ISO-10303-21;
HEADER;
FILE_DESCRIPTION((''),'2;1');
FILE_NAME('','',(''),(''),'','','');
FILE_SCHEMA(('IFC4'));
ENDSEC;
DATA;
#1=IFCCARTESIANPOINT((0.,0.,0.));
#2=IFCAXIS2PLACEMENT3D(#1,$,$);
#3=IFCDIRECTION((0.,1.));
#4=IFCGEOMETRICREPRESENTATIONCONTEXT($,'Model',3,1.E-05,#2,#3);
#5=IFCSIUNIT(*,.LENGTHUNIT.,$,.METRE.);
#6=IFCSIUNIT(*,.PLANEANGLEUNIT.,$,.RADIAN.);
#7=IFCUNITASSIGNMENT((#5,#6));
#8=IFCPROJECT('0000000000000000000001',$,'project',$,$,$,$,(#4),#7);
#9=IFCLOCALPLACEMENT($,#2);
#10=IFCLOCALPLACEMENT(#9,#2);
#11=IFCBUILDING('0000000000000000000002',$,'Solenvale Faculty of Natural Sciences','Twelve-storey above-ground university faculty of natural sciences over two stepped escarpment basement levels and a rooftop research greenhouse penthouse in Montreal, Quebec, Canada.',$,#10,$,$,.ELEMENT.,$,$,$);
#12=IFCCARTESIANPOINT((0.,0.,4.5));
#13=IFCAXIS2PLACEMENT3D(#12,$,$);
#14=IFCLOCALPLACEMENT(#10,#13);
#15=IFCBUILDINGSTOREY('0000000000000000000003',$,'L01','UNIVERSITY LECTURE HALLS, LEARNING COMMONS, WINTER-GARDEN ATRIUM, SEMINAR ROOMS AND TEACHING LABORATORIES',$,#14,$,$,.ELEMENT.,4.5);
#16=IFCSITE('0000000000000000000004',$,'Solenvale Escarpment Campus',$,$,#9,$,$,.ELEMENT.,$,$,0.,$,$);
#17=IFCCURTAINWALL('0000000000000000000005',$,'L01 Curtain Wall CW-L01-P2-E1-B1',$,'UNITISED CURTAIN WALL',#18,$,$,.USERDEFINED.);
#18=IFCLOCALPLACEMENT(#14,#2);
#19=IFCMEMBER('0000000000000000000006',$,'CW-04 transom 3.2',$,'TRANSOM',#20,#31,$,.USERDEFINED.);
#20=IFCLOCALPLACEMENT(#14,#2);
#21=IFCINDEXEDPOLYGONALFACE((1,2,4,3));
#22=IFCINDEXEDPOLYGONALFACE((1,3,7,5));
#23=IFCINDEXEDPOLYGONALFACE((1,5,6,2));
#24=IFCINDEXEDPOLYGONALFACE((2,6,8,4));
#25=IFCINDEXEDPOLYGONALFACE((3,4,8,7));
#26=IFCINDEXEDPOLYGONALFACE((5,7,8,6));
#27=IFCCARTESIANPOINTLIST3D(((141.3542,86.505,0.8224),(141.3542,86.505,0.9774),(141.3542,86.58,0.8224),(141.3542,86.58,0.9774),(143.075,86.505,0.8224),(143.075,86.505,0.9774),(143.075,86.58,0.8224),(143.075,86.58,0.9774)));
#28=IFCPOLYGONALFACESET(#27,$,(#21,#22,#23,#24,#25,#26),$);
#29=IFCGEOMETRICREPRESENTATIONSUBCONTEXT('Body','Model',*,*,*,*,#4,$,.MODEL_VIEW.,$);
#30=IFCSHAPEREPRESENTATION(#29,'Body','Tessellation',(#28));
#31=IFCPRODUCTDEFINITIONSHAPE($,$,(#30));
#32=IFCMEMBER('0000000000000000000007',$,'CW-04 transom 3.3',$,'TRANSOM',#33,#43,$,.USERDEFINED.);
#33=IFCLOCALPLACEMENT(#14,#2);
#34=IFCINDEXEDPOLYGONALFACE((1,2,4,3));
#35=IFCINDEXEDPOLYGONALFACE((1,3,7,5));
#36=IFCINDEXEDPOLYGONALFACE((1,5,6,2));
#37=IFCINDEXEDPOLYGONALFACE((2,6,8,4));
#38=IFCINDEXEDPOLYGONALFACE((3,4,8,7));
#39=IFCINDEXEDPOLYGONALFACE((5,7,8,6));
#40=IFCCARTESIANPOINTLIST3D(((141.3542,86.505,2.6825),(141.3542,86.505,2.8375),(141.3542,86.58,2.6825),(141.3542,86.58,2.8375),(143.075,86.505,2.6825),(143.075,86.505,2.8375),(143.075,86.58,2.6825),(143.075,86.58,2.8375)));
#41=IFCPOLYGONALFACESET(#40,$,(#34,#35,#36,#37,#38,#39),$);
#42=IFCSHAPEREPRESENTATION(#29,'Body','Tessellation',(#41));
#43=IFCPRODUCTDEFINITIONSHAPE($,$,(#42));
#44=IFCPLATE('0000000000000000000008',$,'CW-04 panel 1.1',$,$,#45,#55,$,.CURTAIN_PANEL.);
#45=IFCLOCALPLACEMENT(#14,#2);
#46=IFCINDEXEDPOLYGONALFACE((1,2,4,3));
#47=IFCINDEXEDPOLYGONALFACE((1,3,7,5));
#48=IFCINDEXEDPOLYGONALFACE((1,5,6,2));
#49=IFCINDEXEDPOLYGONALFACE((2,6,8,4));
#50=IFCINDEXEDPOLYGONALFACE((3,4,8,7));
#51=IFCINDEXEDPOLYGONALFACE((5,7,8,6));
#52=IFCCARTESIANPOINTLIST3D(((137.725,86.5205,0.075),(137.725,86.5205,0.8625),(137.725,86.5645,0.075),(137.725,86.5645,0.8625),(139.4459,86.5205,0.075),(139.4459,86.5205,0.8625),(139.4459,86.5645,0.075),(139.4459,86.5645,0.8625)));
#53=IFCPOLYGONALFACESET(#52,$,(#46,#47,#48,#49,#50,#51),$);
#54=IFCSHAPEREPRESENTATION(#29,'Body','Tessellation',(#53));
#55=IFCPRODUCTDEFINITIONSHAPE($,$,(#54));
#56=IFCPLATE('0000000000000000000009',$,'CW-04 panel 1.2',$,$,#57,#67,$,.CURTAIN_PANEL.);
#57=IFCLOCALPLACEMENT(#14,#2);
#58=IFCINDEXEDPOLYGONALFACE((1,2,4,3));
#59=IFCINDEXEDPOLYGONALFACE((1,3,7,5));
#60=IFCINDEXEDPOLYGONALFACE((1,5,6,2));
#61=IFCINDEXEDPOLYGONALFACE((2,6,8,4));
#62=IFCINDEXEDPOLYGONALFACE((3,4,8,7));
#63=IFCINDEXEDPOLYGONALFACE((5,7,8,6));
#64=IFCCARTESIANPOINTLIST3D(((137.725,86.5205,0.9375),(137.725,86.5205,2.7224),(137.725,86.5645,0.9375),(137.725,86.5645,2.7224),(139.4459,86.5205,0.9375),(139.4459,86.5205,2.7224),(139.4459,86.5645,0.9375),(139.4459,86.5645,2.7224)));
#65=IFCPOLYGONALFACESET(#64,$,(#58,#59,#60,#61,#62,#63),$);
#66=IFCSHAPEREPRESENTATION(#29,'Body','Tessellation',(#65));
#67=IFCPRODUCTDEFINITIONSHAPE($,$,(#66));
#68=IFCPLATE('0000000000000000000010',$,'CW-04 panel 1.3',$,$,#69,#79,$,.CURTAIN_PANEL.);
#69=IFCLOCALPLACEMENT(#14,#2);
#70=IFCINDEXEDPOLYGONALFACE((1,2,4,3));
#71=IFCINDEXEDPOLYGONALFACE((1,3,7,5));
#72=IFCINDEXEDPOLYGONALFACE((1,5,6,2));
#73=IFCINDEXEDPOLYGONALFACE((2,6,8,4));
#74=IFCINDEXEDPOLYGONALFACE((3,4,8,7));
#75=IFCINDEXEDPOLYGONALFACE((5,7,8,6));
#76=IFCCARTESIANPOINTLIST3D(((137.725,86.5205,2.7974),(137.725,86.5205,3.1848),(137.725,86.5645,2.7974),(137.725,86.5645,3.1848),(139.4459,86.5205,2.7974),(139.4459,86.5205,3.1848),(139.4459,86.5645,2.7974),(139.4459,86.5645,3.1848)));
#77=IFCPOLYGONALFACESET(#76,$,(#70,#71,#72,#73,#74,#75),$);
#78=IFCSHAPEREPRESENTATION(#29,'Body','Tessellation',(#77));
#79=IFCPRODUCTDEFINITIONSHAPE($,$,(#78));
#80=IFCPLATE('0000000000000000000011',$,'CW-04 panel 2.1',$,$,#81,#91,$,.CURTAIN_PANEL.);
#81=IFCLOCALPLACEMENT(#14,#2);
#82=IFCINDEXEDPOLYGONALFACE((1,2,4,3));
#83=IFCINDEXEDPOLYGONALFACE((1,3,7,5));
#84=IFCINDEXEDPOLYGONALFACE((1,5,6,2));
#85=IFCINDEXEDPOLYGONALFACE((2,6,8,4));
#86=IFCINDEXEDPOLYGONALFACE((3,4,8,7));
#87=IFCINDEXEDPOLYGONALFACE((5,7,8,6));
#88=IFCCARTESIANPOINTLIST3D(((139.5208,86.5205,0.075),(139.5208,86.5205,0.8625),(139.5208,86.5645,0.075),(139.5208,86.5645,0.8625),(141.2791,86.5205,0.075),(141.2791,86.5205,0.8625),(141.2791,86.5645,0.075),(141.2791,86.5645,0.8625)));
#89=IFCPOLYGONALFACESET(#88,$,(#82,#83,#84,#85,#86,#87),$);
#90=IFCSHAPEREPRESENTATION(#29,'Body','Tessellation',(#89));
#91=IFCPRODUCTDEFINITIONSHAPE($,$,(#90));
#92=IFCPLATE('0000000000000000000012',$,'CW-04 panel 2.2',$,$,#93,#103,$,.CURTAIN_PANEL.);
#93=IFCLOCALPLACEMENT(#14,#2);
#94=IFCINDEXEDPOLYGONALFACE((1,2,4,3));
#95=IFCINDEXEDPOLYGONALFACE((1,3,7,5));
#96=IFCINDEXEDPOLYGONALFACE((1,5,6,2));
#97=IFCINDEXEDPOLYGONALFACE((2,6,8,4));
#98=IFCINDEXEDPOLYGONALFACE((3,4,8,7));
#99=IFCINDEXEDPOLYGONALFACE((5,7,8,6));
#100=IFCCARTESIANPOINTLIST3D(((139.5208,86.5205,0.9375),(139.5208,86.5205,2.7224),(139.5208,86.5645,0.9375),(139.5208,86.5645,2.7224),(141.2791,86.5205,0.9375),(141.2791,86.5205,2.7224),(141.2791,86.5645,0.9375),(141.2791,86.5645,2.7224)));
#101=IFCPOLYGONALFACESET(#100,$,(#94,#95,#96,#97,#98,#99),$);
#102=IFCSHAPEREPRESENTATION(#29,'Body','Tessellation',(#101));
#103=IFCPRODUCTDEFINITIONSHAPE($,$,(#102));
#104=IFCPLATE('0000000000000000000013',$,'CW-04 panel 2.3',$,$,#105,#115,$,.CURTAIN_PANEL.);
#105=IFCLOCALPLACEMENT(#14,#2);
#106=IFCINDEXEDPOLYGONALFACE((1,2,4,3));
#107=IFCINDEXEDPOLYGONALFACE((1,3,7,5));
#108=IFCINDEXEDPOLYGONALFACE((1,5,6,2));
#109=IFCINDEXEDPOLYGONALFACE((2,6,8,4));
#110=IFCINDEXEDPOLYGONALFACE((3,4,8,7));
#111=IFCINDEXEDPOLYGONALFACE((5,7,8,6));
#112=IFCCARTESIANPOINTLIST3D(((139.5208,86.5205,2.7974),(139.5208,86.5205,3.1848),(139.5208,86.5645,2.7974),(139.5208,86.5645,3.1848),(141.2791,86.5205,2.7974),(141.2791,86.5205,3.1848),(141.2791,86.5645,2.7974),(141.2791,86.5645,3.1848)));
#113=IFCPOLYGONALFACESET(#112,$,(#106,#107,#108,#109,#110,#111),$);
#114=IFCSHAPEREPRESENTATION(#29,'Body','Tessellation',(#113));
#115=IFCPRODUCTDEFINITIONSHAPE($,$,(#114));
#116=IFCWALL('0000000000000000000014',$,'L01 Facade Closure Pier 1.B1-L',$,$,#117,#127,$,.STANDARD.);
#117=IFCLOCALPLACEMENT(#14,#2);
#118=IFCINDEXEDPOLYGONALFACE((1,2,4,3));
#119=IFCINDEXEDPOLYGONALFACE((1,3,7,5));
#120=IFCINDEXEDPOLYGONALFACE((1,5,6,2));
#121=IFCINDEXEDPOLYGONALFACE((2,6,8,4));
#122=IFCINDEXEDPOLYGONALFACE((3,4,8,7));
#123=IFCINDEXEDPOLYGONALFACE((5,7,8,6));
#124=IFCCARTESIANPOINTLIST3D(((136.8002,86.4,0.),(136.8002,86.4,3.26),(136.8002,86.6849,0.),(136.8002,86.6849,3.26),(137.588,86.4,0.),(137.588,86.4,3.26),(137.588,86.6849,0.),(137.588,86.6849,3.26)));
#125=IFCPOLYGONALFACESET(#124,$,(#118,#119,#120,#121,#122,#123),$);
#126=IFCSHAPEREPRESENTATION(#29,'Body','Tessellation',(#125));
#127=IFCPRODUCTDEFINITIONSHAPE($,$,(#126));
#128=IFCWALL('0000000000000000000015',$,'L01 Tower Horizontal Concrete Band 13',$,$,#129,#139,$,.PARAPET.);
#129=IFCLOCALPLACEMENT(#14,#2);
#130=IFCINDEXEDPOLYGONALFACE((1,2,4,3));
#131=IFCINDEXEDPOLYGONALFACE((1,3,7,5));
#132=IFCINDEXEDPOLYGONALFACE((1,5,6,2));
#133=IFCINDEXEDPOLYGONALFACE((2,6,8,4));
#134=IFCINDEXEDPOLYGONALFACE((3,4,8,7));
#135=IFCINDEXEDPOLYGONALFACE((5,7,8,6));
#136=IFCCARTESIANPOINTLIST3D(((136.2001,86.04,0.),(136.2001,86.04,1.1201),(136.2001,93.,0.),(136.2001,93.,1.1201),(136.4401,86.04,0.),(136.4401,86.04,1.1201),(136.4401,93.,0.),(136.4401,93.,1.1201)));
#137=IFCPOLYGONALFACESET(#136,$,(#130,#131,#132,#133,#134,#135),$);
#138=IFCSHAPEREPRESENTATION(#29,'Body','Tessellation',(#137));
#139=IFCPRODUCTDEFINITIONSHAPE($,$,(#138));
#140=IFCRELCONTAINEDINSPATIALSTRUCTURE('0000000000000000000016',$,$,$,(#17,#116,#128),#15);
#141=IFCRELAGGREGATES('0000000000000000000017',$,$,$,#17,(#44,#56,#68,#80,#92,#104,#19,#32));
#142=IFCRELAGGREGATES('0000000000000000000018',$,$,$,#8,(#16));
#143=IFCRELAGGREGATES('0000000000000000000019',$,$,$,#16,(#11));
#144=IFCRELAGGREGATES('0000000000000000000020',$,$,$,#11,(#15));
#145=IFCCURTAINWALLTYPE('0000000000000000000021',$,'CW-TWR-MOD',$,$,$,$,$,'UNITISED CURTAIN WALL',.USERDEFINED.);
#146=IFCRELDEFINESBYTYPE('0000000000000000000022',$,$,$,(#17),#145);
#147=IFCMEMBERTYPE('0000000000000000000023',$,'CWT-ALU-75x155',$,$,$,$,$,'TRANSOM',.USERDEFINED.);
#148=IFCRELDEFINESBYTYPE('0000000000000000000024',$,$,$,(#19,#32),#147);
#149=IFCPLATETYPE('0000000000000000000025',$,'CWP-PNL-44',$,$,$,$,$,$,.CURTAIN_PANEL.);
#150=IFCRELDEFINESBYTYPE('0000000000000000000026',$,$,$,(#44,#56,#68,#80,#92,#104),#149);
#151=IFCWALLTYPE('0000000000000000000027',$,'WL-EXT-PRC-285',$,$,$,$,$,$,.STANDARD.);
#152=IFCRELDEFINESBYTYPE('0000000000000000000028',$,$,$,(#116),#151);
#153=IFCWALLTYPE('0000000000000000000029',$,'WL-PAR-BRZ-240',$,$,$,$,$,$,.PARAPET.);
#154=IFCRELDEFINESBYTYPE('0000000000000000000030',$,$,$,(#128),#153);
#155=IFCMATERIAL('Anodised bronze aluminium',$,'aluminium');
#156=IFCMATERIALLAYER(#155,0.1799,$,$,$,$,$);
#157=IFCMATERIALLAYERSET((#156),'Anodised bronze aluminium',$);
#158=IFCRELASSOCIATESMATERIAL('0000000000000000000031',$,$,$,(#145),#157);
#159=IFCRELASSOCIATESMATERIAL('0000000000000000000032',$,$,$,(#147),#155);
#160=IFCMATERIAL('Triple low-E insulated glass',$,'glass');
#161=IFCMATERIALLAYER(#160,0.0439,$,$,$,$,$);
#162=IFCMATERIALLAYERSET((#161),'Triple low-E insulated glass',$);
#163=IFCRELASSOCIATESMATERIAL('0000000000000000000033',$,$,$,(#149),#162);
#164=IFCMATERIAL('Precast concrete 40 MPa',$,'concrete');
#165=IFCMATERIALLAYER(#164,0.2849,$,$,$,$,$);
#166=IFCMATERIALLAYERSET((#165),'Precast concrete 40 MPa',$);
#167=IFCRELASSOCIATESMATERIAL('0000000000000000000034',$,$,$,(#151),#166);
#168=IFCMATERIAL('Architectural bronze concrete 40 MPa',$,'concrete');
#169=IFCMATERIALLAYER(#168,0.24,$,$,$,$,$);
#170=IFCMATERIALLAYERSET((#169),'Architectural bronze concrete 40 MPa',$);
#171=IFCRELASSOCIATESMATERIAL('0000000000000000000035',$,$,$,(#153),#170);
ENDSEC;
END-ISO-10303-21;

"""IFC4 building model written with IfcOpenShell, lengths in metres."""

from ifc_helpers import new_model, si_unit, direction, frame, frame_2d, origin, origin_2d, place, context, subcontext, project, spatial, rectangle, extrude, material, layer, layer_set, material_profile, profile_set, type_object, element, aggregate, save


model = new_model("IFC4")

# Units and contexts
model_context = context("Model", 3, precision=1e-05, world=origin(), true_north=direction((0.0, 1.0)))
body_context = subcontext(model_context, "Body", "Model", "MODEL_VIEW")
ifc_project = project(units=[si_unit("LENGTHUNIT", "METRE"), si_unit("PLANEANGLEUNIT", "RADIAN")], contexts=[model_context])

# Site, building, storey
site_placement = place(None, origin())
site = spatial("IfcSite", under=ifc_project, at=site_placement, Name="Solenvale Escarpment Campus", CompositionType="ELEMENT", RefElevation=0.0)
building_placement = place(site_placement, origin())
building = spatial("IfcBuilding", under=site, at=building_placement, Name="Solenvale Faculty of Natural Sciences", Description="Twelve-storey above-ground university faculty of natural sciences over two stepped escarpment basement levels and a rooftop research greenhouse penthouse in Montreal, Quebec, Canada.", CompositionType="ELEMENT")
storey_placement = place(building_placement, frame((0.0, 0.0, 4.5)))
storey = spatial("IfcBuildingStorey", under=building, at=storey_placement, Name="L01", Description="UNIVERSITY LECTURE HALLS, LEARNING COMMONS, WINTER-GARDEN ATRIUM, SEMINAR ROOMS AND TEACHING LABORATORIES", CompositionType="ELEMENT", Elevation=4.5)

# Curtain wall, members, plates
ifc_material_1 = material(Name="Anodised bronze aluminium", Category="aluminium")
ifc_layer_1 = layer(ifc_material_1, 0.1799)
ifc_layer_set_1 = layer_set([ifc_layer_1], Name="Anodised bronze aluminium")
curtain_wall_type = type_object("IfcCurtainWallType", Name="CW-TWR-MOD", ElementType="UNITISED CURTAIN WALL", PredefinedType="USERDEFINED", material=ifc_layer_set_1)
curtain_wall_placement = place(storey_placement, origin())
curtain_wall = element("IfcCurtainWall", 1, at=curtain_wall_placement, inside=storey, type_object=curtain_wall_type, Name="L01 Curtain Wall CW-L01-P2-E1-B1", ObjectType="UNITISED CURTAIN WALL", PredefinedType="USERDEFINED")
ifc_material_profile_1 = material_profile(ifc_material_1, rectangle(XDim=0.075, YDim=0.155, at=origin_2d()), Name="ALU-TRN-75x155")
ifc_profile_set_1 = profile_set([ifc_material_profile_1], Name="Anodised bronze aluminium")
member_type_1 = type_object("IfcMemberType", Name="CWT-ALU-75x155", ElementType="TRANSOM", PredefinedType="USERDEFINED", material=ifc_profile_set_1)
member_1_placement = place(storey_placement, frame((141.3542, 86.5425, 0.8999), z_axis=(1.0, 0.0, 0.0), x_axis=(0.0, 1.0, 0.0)))
member_1 = element("IfcMember", 2, at=member_1_placement, type_object=member_type_1, Name="CW-04 transom 3.2", ObjectType="TRANSOM", PredefinedType="USERDEFINED", context=body_context, shape_type="SweptSolid", body=[
    extrude(rectangle(XDim=0.075, YDim=0.155, at=origin_2d()), origin(), (0.0, 0.0, 1.0), 1.7207),
])
member_2_placement = place(storey_placement, frame((141.3542, 86.5425, 2.76), z_axis=(1.0, 0.0, 0.0), x_axis=(0.0, 1.0, 0.0)))
member_2 = element("IfcMember", 3, at=member_2_placement, type_object=member_type_1, Name="CW-04 transom 3.3", ObjectType="TRANSOM", PredefinedType="USERDEFINED", context=body_context, shape_type="SweptSolid", body=[
    extrude(rectangle(XDim=0.075, YDim=0.155, at=origin_2d()), origin(), (0.0, 0.0, 1.0), 1.7207),
])
ifc_material_2 = material(Name="Triple low-E insulated glass", Category="glass")
ifc_layer_2 = layer(ifc_material_2, 0.0439)
ifc_layer_set_2 = layer_set([ifc_layer_2], Name="Triple low-E insulated glass")
plate_type = type_object("IfcPlateType", Name="CWP-PNL-44", PredefinedType="CURTAIN_PANEL", material=ifc_layer_set_2)
plate_1_placement = place(storey_placement, frame((138.5854, 86.5425, 0.075), z_axis=(0.0, 0.0, 1.0), x_axis=(1.0, 0.0, 0.0)))
plate_1 = element("IfcPlate", 4, at=plate_1_placement, type_object=plate_type, Name="CW-04 panel 1.1", PredefinedType="CURTAIN_PANEL", context=body_context, shape_type="SweptSolid", body=[
    extrude(rectangle(XDim=1.7209, YDim=0.0439, at=origin_2d()), origin(), (0.0, 0.0, 1.0), 0.7876),
])
plate_2_placement = place(storey_placement, frame((138.5854, 86.5425, 0.9375), z_axis=(0.0, 0.0, 1.0), x_axis=(1.0, 0.0, 0.0)))
plate_2 = element("IfcPlate", 5, at=plate_2_placement, type_object=plate_type, Name="CW-04 panel 1.2", PredefinedType="CURTAIN_PANEL", context=body_context, shape_type="SweptSolid", body=[
    extrude(rectangle(XDim=1.7209, YDim=0.0439, at=origin_2d()), origin(), (0.0, 0.0, 1.0), 1.7849),
])
plate_3_placement = place(storey_placement, frame((138.5854, 86.5425, 2.7974), z_axis=(0.0, 0.0, 1.0), x_axis=(1.0, 0.0, 0.0)))
plate_3 = element("IfcPlate", 6, at=plate_3_placement, type_object=plate_type, Name="CW-04 panel 1.3", PredefinedType="CURTAIN_PANEL", context=body_context, shape_type="SweptSolid", body=[
    extrude(rectangle(XDim=1.7209, YDim=0.0439, at=origin_2d()), origin(), (0.0, 0.0, 1.0), 0.3875),
])
plate_4_placement = place(storey_placement, frame((140.3999, 86.5425, 0.075), z_axis=(0.0, 0.0, 1.0), x_axis=(1.0, 0.0, 0.0)))
plate_4 = element("IfcPlate", 7, at=plate_4_placement, type_object=plate_type, Name="CW-04 panel 2.1", PredefinedType="CURTAIN_PANEL", context=body_context, shape_type="SweptSolid", body=[
    extrude(rectangle(XDim=1.7583, YDim=0.0439, at=origin_2d()), origin(), (0.0, 0.0, 1.0), 0.7876),
])
plate_5_placement = place(storey_placement, frame((140.3999, 86.5425, 0.9375), z_axis=(0.0, 0.0, 1.0), x_axis=(1.0, 0.0, 0.0)))
plate_5 = element("IfcPlate", 8, at=plate_5_placement, type_object=plate_type, Name="CW-04 panel 2.2", PredefinedType="CURTAIN_PANEL", context=body_context, shape_type="SweptSolid", body=[
    extrude(rectangle(XDim=1.7583, YDim=0.0439, at=origin_2d()), origin(), (0.0, 0.0, 1.0), 1.7849),
])
plate_6_placement = place(storey_placement, frame((140.3999, 86.5425, 2.7974), z_axis=(0.0, 0.0, 1.0), x_axis=(1.0, 0.0, 0.0)))
plate_6 = element("IfcPlate", 9, at=plate_6_placement, type_object=plate_type, Name="CW-04 panel 2.3", PredefinedType="CURTAIN_PANEL", context=body_context, shape_type="SweptSolid", body=[
    extrude(rectangle(XDim=1.7583, YDim=0.0439, at=origin_2d()), origin(), (0.0, 0.0, 1.0), 0.3875),
])
aggregate(curtain_wall, [plate_1, plate_2, plate_3, plate_4, plate_5, plate_6, member_1, member_2])

# Walls
ifc_material_3 = material(Name="Precast concrete 40 MPa", Category="concrete")
ifc_layer_3 = layer(ifc_material_3, 0.2849)
ifc_layer_set_3 = layer_set([ifc_layer_3], Name="Precast concrete 40 MPa")
wall_type_1 = type_object("IfcWallType", Name="WL-EXT-PRC-285", PredefinedType="STANDARD", material=ifc_layer_set_3)
wall_1_placement = place(storey_placement, frame((136.8, 86.5425, 0.0), z_axis=(0.0, 0.0, 1.0), x_axis=(1.0, 0.0, 0.0)))
element("IfcWall", 10, at=wall_1_placement, inside=storey, type_object=wall_type_1, Name="L01 Facade Closure Pier 1.B1-L", PredefinedType="STANDARD", context=body_context, shape_type="SweptSolid", body=[
    extrude(rectangle(XDim=0.7878, YDim=0.2849, at=frame_2d((0.394, 0.0))), origin(), (0.0, 0.0, 1.0), 3.26),
])
ifc_material_4 = material(Name="Architectural bronze concrete 40 MPa", Category="concrete")
ifc_layer_4 = layer(ifc_material_4, 0.24)
ifc_layer_set_4 = layer_set([ifc_layer_4], Name="Architectural bronze concrete 40 MPa")
wall_type_2 = type_object("IfcWallType", Name="WL-PAR-BRZ-240", PredefinedType="PARAPET", material=ifc_layer_set_4)
wall_2_placement = place(storey_placement, frame((136.3201, 86.04, 0.0), z_axis=(0.0, 0.0, 1.0), x_axis=(0.0, 1.0, 0.0)))
element("IfcWall", 11, at=wall_2_placement, inside=storey, type_object=wall_type_2, Name="L01 Tower Horizontal Concrete Band 13", PredefinedType="PARAPET", context=body_context, shape_type="SweptSolid", body=[
    extrude(rectangle(XDim=6.96, YDim=0.24, at=frame_2d((3.48, 0.0))), origin(), (0.0, 0.0, 1.0), 1.1201),
])

save(model, "model.ifc")
